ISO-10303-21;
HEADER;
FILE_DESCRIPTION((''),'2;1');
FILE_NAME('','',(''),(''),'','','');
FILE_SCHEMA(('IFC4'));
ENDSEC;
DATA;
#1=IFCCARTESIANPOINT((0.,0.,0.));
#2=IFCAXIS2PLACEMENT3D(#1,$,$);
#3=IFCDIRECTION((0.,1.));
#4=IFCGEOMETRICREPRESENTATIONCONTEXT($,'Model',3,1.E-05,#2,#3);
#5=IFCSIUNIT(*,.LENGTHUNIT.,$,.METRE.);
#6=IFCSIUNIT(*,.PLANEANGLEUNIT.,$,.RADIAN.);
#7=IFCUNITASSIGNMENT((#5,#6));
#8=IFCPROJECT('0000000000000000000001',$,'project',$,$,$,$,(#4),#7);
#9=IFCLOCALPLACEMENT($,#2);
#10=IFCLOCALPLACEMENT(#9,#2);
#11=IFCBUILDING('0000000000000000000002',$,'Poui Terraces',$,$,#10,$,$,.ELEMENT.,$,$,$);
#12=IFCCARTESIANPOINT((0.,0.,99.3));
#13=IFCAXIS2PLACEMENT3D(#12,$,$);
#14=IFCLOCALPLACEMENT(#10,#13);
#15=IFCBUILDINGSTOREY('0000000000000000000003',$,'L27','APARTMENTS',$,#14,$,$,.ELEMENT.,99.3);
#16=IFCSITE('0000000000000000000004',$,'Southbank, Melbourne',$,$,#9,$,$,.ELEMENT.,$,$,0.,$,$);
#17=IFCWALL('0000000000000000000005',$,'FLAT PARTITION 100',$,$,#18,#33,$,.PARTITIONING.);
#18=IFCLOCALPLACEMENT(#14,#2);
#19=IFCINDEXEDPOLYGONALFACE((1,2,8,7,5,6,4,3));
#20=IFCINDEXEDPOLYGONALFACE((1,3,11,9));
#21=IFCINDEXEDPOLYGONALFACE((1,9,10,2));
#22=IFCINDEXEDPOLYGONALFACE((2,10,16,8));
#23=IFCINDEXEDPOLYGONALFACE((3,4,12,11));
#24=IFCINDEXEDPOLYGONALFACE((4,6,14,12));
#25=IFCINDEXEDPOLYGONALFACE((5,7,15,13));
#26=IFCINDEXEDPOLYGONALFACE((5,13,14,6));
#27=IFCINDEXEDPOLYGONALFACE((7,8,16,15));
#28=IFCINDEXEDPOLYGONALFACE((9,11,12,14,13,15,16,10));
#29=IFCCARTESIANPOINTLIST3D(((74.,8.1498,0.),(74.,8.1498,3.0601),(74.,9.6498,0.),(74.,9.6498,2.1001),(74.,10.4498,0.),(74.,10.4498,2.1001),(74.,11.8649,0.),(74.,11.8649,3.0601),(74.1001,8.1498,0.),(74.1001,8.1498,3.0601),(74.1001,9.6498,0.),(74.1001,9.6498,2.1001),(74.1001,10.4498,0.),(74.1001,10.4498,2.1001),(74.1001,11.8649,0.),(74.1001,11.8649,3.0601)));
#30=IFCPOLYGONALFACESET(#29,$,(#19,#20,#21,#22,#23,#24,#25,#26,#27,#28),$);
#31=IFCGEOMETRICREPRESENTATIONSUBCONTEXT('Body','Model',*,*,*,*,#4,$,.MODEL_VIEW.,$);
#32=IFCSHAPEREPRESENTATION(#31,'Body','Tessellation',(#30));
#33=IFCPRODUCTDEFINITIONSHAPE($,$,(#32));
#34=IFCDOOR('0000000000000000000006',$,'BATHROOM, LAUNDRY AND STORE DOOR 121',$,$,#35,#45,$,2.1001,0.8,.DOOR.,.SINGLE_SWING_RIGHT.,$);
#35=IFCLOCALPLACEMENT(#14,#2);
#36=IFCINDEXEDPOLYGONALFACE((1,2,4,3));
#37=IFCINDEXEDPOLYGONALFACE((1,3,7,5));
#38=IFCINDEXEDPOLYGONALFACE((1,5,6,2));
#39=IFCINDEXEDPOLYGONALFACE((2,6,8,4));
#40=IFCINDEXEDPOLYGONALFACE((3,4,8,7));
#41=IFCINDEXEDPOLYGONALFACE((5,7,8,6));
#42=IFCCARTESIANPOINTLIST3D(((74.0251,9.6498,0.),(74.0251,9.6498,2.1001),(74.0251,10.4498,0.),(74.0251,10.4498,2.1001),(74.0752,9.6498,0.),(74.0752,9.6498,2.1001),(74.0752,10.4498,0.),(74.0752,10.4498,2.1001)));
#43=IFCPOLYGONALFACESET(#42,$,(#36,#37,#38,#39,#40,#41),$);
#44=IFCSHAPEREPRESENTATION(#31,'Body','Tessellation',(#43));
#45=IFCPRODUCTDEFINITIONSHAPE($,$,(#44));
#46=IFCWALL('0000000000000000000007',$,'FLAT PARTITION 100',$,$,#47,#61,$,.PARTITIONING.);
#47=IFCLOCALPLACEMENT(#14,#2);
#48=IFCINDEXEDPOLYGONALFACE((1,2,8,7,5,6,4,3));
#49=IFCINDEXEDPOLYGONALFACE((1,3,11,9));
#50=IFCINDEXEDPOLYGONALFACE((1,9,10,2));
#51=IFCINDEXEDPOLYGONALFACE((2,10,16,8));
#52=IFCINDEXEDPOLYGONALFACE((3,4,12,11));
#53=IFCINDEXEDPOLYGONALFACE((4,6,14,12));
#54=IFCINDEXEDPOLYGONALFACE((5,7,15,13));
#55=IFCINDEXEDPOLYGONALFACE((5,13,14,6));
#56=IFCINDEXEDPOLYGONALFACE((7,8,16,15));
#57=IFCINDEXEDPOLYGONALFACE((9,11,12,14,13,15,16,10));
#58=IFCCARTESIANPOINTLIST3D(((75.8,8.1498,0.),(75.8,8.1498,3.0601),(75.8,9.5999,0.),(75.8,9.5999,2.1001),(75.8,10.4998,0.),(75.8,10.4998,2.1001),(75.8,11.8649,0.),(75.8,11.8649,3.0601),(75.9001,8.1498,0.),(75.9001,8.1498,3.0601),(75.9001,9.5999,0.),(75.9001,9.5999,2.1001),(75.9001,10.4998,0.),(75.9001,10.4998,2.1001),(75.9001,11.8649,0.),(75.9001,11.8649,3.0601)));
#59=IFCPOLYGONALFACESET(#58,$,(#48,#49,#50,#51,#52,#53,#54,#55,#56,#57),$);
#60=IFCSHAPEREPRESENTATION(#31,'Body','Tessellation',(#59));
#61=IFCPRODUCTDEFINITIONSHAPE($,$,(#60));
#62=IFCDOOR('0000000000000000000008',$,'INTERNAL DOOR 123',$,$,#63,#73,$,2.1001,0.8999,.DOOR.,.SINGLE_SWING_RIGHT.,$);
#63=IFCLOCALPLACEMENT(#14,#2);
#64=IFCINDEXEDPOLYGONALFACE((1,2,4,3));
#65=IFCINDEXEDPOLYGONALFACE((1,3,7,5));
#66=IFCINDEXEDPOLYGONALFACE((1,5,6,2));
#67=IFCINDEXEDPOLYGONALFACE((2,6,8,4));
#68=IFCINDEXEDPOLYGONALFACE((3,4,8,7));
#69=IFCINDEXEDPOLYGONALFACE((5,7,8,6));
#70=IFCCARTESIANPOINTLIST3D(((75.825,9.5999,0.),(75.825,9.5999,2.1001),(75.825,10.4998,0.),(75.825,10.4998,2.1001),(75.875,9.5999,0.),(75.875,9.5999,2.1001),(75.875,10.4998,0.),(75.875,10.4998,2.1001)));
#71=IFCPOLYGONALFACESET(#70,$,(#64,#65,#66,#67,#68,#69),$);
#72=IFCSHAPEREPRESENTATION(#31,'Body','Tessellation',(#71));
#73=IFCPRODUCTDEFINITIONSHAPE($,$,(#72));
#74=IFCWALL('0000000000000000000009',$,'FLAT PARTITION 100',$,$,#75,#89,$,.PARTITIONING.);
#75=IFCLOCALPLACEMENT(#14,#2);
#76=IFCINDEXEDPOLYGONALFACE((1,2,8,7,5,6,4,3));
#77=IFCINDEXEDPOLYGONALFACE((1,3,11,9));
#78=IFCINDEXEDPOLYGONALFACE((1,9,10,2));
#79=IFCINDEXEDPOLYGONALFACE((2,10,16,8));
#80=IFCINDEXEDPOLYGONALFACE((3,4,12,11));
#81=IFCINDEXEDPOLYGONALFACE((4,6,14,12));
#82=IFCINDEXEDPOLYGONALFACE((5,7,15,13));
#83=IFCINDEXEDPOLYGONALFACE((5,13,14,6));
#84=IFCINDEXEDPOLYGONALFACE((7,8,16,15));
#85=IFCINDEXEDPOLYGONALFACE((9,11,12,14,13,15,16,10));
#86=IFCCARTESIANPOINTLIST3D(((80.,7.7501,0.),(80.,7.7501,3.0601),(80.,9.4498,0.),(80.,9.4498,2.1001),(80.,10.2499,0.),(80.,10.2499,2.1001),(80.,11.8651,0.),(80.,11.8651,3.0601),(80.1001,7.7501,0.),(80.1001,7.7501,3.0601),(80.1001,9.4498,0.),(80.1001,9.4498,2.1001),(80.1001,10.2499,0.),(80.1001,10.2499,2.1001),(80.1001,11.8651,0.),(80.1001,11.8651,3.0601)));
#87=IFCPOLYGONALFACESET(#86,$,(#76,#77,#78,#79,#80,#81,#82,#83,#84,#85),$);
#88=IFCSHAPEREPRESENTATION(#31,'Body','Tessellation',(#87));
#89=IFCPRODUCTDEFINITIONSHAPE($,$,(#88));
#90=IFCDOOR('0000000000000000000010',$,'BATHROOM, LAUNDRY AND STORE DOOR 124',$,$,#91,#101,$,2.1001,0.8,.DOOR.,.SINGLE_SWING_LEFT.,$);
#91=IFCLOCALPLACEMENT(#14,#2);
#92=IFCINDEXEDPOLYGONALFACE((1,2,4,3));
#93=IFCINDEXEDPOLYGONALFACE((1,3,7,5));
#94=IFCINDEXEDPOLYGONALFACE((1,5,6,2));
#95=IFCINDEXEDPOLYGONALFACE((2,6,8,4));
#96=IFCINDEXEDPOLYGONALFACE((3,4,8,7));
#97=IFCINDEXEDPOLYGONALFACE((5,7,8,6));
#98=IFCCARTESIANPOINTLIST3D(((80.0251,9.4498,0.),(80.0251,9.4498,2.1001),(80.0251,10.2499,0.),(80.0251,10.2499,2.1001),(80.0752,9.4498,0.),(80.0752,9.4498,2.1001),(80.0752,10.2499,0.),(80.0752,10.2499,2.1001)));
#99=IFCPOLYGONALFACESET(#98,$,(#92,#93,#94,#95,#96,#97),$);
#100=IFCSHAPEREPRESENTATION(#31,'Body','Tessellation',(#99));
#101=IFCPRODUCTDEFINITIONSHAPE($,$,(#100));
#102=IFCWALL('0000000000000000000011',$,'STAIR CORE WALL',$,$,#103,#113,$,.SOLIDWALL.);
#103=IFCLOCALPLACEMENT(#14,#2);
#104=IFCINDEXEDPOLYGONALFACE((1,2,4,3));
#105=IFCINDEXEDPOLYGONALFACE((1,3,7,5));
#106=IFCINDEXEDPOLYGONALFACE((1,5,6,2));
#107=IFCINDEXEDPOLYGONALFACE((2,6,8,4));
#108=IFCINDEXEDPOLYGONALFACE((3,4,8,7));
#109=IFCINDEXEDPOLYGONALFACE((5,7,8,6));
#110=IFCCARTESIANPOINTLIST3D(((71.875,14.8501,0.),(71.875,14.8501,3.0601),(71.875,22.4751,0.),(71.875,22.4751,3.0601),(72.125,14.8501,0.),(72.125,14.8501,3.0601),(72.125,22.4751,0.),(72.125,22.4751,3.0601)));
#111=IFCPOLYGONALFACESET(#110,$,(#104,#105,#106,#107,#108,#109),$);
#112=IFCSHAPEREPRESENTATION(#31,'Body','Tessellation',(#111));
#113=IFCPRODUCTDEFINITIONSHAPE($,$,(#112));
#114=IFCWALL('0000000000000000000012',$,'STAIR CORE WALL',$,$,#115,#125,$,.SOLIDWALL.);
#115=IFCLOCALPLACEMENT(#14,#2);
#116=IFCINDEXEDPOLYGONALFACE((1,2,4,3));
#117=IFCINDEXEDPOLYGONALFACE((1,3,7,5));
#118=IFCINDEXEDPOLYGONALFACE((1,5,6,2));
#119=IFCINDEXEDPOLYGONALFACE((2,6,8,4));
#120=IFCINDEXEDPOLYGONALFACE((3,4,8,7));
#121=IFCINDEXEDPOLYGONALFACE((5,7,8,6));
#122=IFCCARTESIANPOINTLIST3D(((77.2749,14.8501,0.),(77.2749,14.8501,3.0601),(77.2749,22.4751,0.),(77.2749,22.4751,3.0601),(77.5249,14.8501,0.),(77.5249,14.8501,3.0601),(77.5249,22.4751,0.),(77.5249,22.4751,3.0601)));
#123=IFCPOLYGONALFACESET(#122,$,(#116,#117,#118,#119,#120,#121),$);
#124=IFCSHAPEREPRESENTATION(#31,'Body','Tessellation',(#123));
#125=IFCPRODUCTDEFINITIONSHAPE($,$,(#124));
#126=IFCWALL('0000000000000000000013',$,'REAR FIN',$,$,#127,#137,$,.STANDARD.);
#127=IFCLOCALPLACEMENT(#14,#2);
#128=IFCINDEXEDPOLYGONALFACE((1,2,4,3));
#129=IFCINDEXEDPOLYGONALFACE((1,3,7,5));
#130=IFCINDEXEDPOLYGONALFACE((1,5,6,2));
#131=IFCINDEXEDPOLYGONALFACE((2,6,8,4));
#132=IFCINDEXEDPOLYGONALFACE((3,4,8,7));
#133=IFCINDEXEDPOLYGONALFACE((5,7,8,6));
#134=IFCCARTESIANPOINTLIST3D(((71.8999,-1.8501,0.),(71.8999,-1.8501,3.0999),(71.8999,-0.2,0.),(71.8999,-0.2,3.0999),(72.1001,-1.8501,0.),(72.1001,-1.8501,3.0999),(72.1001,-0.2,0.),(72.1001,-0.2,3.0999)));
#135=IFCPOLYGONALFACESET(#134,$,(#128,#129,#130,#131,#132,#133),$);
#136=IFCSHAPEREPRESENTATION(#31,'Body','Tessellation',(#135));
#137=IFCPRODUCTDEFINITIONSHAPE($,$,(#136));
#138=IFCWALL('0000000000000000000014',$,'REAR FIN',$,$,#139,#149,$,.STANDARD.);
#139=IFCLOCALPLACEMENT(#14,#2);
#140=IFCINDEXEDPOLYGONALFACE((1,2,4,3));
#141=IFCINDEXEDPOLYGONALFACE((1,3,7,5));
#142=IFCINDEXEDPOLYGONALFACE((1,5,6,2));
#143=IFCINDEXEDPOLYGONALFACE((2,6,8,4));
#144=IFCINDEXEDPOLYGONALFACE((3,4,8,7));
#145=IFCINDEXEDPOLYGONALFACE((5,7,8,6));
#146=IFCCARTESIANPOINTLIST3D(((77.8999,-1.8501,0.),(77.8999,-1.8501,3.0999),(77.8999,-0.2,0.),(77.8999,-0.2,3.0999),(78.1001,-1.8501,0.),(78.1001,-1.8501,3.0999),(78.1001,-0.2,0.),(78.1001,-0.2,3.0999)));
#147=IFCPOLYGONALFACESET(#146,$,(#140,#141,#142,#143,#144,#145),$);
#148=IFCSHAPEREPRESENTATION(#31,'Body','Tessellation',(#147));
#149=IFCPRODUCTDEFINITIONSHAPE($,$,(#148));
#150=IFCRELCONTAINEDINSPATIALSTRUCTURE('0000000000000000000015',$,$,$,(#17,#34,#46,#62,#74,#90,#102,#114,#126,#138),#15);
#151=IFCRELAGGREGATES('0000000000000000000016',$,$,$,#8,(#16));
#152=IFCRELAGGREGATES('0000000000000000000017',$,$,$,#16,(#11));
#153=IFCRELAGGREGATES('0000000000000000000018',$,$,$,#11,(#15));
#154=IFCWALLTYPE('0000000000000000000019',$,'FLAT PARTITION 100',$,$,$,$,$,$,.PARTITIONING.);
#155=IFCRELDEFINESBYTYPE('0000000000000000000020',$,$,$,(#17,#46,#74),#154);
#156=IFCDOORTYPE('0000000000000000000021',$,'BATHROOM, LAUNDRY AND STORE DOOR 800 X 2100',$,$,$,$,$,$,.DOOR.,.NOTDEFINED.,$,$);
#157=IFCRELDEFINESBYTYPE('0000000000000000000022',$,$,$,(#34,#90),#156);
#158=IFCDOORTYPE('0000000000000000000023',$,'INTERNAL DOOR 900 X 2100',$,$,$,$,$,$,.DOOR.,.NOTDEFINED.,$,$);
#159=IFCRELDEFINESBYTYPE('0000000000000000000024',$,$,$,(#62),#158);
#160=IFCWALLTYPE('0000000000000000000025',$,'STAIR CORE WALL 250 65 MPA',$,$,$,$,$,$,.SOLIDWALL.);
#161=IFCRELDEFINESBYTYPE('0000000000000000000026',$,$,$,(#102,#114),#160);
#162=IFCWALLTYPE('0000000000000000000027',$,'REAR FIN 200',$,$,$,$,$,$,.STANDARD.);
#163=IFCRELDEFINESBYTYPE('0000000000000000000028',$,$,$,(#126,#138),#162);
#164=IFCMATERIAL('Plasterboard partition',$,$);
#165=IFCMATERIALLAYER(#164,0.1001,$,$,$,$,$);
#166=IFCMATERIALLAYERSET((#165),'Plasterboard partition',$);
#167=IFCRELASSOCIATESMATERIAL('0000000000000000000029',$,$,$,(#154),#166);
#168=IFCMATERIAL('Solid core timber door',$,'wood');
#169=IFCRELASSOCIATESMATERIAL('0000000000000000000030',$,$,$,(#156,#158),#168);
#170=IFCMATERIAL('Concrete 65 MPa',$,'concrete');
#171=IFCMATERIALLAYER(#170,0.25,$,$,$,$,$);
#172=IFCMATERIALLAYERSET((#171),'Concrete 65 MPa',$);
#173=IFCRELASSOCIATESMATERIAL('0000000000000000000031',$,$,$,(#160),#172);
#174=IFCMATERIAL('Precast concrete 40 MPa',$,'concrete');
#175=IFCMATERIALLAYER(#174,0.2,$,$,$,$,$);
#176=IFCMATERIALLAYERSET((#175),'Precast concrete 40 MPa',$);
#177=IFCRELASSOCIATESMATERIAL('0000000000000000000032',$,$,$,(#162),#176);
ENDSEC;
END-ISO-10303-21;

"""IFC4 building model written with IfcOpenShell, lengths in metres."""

from ifc_helpers import new_model, si_unit, direction, frame, frame_2d, origin, place, context, subcontext, project, spatial, polyline, rectangle, outline, extrude, source, transform, mapped, material, layer, layer_set, type_object, element, fill, save


model = new_model("IFC4")

# Units and contexts
model_context = context("Model", 3, precision=1e-05, world=origin(), true_north=direction((0.0, 1.0)))
body_context = subcontext(model_context, "Body", "Model", "MODEL_VIEW")
ifc_project = project(units=[si_unit("LENGTHUNIT", "METRE"), si_unit("PLANEANGLEUNIT", "RADIAN")], contexts=[model_context])

# Site, building, storey
site_placement = place(None, origin())
site = spatial("IfcSite", under=ifc_project, at=site_placement, Name="Southbank, Melbourne", CompositionType="ELEMENT", RefElevation=0.0)
building_placement = place(site_placement, origin())
building = spatial("IfcBuilding", under=site, at=building_placement, Name="Poui Terraces", CompositionType="ELEMENT")
storey_placement = place(building_placement, frame((0.0, 0.0, 99.3)))
storey = spatial("IfcBuildingStorey", under=building, at=storey_placement, Name="L27", Description="APARTMENTS", CompositionType="ELEMENT", Elevation=99.3)

# Shared definitions
ifc_material_1 = material(Name="Concrete 65 MPa", Category="concrete")

# Shared definitions
ifc_material_2 = material(Name="Precast concrete 40 MPa", Category="concrete")

# Shared definitions
ifc_material_3 = material(Name="Plasterboard partition")
ifc_layer_1 = layer(ifc_material_3, 0.1001)
ifc_layer_set_1 = layer_set([ifc_layer_1], Name="Plasterboard partition")
wall_type_1 = type_object("IfcWallType", Name="FLAT PARTITION 100", PredefinedType="PARTITIONING", material=ifc_layer_set_1)

# Walls, openings, doors
wall_1_placement = place(storey_placement, frame((74.05, 8.1499, 0.0), z_axis=(0.0, 0.0, 1.0), x_axis=(0.0, 1.0, 0.0)))
wall_1 = element("IfcWall", 1, at=wall_1_placement, inside=storey, type_object=wall_type_1, Name="FLAT PARTITION 100", PredefinedType="PARTITIONING", context=body_context, shape_type="SweptSolid", body=[
    extrude(rectangle(XDim=3.7151, YDim=0.1001, at=frame_2d((1.8574, 0.0))), origin(), (0.0, 0.0, 1.0), 3.0601),
])
opening_1_placement = place(wall_1_placement, frame((1.5, 0.0, 0.0)))
opening_1 = element("IfcOpeningElement", 2, at=opening_1_placement, cuts=wall_1, PredefinedType="OPENING", context=body_context, shape_type="SweptSolid", body=[
    extrude(rectangle(XDim=0.8, YDim=2.1001, at=frame_2d((0.3999, 1.05))), frame((0.0, 0.0601, 0.0), z_axis=(0.0, -1.0, 0.0), x_axis=(1.0, 0.0, 0.0)), (0.0, 0.0, 1.0), 0.1201),
])
ifc_material_4 = material(Name="Solid core timber door", Category="wood")
door_type_1 = type_object("IfcDoorType", Name="BATHROOM, LAUNDRY AND STORE DOOR 800 X 2100", OperationType="NOTDEFINED", PredefinedType="DOOR", material=ifc_material_4)
door_1_placement = place(opening_1_placement, origin())
door_1 = element("IfcDoor", 3, at=door_1_placement, inside=storey, type_object=door_type_1, Name="BATHROOM, LAUNDRY AND STORE DOOR 121", OperationType="SINGLE_SWING_RIGHT", OverallHeight=2.1001, OverallWidth=0.8, PredefinedType="DOOR", context=body_context, shape_type="SweptSolid", body=[
    extrude(rectangle(XDim=0.8, YDim=2.1001, at=frame_2d((0.3999, 1.05))), frame((0.0, 0.0249, 0.0), z_axis=(0.0, -1.0, 0.0), x_axis=(1.0, 0.0, 0.0)), (0.0, 0.0, 1.0), 0.05),
])
fill(opening_1, door_1)
wall_2_placement = place(storey_placement, frame((75.8501, 8.1499, 0.0), z_axis=(0.0, 0.0, 1.0), x_axis=(0.0, 1.0, 0.0)))
wall_2 = element("IfcWall", 4, at=wall_2_placement, inside=storey, type_object=wall_type_1, Name="FLAT PARTITION 100", PredefinedType="PARTITIONING", context=body_context, shape_type="SweptSolid", body=[
    extrude(rectangle(XDim=3.7151, YDim=0.1001, at=frame_2d((1.8574, 0.0))), origin(), (0.0, 0.0, 1.0), 3.0601),
])
opening_2_placement = place(wall_2_placement, frame((1.45, 0.0, 0.0)))
opening_2 = element("IfcOpeningElement", 5, at=opening_2_placement, cuts=wall_2, PredefinedType="OPENING", context=body_context, shape_type="SweptSolid", body=[
    extrude(rectangle(XDim=0.8999, YDim=2.1001, at=frame_2d((0.45, 1.05))), frame((0.0, 0.0601, 0.0), z_axis=(0.0, -1.0, 0.0), x_axis=(1.0, 0.0, 0.0)), (0.0, 0.0, 1.0), 0.1201),
])
door_type_2 = type_object("IfcDoorType", Name="INTERNAL DOOR 900 X 2100", OperationType="NOTDEFINED", PredefinedType="DOOR", material=ifc_material_4)
door_2_placement = place(opening_2_placement, frame((0.8999, 0.0, 0.0), z_axis=(0.0, 0.0, 1.0), x_axis=(-1.0, 0.0, 0.0)))
door_2 = element("IfcDoor", 6, at=door_2_placement, inside=storey, type_object=door_type_2, Name="INTERNAL DOOR 123", OperationType="SINGLE_SWING_RIGHT", OverallHeight=2.1001, OverallWidth=0.8999, PredefinedType="DOOR", context=body_context, shape_type="SweptSolid", body=[
    extrude(rectangle(XDim=0.8999, YDim=2.1001, at=frame_2d((0.45, 1.05))), frame((0.0, 0.0249, 0.0), z_axis=(0.0, -1.0, 0.0), x_axis=(1.0, 0.0, 0.0)), (0.0, 0.0, 1.0), 0.05),
])
fill(opening_2, door_2)
wall_3_placement = place(storey_placement, frame((80.05, 7.75, 0.0), z_axis=(0.0, 0.0, 1.0), x_axis=(0.0, 1.0, 0.0)))
wall_3 = element("IfcWall", 7, at=wall_3_placement, inside=storey, type_object=wall_type_1, Name="FLAT PARTITION 100", PredefinedType="PARTITIONING", context=body_context, shape_type="SweptSolid", body=[
    extrude(rectangle(XDim=4.115, YDim=0.1001, at=frame_2d((2.0576, 0.0))), origin(), (0.0, 0.0, 1.0), 3.0601),
])
opening_3_placement = place(wall_3_placement, frame((1.7, 0.0, 0.0)))
opening_3 = element("IfcOpeningElement", 8, at=opening_3_placement, cuts=wall_3, PredefinedType="OPENING", context=body_context, shape_type="SweptSolid", body=[
    extrude(rectangle(XDim=0.8, YDim=2.1001, at=frame_2d((0.3999, 1.05))), frame((0.0, 0.0601, 0.0), z_axis=(0.0, -1.0, 0.0), x_axis=(1.0, 0.0, 0.0)), (0.0, 0.0, 1.0), 0.1201),
])
door_3_placement = place(opening_3_placement, origin())
door_3 = element("IfcDoor", 9, at=door_3_placement, inside=storey, type_object=door_type_1, Name="BATHROOM, LAUNDRY AND STORE DOOR 124", OperationType="SINGLE_SWING_LEFT", OverallHeight=2.1001, OverallWidth=0.8, PredefinedType="DOOR", context=body_context, shape_type="SweptSolid", body=[
    extrude(rectangle(XDim=0.8, YDim=2.1001, at=frame_2d((0.3999, 1.05))), frame((0.0, 0.0249, 0.0), z_axis=(0.0, -1.0, 0.0), x_axis=(1.0, 0.0, 0.0)), (0.0, 0.0, 1.0), 0.05),
])
fill(opening_3, door_3)

# Walls
ifc_layer_2 = layer(ifc_material_1, 0.25)
ifc_layer_set_2 = layer_set([ifc_layer_2], Name="Concrete 65 MPa")
wall_type_2 = type_object("IfcWallType", Name="STAIR CORE WALL 250 65 MPA", PredefinedType="SOLIDWALL", material=ifc_layer_set_2)
for number, where, z_axis, x_axis, name in (
    (10, (72.0, 14.8501, 0.0), (0.0, 0.0, 1.0), (0.0, 1.0, 0.0), "STAIR CORE WALL"),
    (11, (77.3999, 14.8501, 0.0), (0.0, 0.0, 1.0), (0.0, 1.0, 0.0), "STAIR CORE WALL"),
):
    element("IfcWall", number, at=place(storey_placement, frame(where, z_axis=z_axis, x_axis=x_axis)), inside=storey, type_object=wall_type_2, Name=name, PredefinedType="SOLIDWALL", context=body_context, shape_type="SweptSolid", body=[
        extrude(rectangle(XDim=7.625, YDim=0.25, at=frame_2d((3.8125, 0.0))), origin(), (0.0, 0.0, 1.0), 3.0601),
    ])
ifc_layer_3 = layer(ifc_material_2, 0.2)
ifc_layer_set_3 = layer_set([ifc_layer_3], Name="Precast concrete 40 MPa")
wall_type_3 = type_object("IfcWallType", Name="REAR FIN 200", PredefinedType="STANDARD", material=ifc_layer_set_3)
shared_shape_1 = source(origin(), body_context, "Body", "SweptSolid", [
    extrude(outline(polyline([(0.0, 0.0), (0.2002, 0.0), (0.2002, 1.6501), (0.0, 1.6501), (0.0, 0.0)])), origin(), (0.0, 0.0, 1.0), 3.0999),
])
for number, where, name in (
    (12, (71.8999, -1.8501, 0.0), "REAR FIN"),
    (13, (77.8999, -1.8501, 0.0), "REAR FIN"),
):
    element("IfcWall", number, at=place(storey_placement, frame(where)), inside=storey, type_object=wall_type_3, Name=name, PredefinedType="STANDARD", context=body_context, shape_type="MappedRepresentation", body=[
        mapped(shared_shape_1, transform((0.0, 0.0, 0.0))),
    ])

save(model, "model.ifc")
